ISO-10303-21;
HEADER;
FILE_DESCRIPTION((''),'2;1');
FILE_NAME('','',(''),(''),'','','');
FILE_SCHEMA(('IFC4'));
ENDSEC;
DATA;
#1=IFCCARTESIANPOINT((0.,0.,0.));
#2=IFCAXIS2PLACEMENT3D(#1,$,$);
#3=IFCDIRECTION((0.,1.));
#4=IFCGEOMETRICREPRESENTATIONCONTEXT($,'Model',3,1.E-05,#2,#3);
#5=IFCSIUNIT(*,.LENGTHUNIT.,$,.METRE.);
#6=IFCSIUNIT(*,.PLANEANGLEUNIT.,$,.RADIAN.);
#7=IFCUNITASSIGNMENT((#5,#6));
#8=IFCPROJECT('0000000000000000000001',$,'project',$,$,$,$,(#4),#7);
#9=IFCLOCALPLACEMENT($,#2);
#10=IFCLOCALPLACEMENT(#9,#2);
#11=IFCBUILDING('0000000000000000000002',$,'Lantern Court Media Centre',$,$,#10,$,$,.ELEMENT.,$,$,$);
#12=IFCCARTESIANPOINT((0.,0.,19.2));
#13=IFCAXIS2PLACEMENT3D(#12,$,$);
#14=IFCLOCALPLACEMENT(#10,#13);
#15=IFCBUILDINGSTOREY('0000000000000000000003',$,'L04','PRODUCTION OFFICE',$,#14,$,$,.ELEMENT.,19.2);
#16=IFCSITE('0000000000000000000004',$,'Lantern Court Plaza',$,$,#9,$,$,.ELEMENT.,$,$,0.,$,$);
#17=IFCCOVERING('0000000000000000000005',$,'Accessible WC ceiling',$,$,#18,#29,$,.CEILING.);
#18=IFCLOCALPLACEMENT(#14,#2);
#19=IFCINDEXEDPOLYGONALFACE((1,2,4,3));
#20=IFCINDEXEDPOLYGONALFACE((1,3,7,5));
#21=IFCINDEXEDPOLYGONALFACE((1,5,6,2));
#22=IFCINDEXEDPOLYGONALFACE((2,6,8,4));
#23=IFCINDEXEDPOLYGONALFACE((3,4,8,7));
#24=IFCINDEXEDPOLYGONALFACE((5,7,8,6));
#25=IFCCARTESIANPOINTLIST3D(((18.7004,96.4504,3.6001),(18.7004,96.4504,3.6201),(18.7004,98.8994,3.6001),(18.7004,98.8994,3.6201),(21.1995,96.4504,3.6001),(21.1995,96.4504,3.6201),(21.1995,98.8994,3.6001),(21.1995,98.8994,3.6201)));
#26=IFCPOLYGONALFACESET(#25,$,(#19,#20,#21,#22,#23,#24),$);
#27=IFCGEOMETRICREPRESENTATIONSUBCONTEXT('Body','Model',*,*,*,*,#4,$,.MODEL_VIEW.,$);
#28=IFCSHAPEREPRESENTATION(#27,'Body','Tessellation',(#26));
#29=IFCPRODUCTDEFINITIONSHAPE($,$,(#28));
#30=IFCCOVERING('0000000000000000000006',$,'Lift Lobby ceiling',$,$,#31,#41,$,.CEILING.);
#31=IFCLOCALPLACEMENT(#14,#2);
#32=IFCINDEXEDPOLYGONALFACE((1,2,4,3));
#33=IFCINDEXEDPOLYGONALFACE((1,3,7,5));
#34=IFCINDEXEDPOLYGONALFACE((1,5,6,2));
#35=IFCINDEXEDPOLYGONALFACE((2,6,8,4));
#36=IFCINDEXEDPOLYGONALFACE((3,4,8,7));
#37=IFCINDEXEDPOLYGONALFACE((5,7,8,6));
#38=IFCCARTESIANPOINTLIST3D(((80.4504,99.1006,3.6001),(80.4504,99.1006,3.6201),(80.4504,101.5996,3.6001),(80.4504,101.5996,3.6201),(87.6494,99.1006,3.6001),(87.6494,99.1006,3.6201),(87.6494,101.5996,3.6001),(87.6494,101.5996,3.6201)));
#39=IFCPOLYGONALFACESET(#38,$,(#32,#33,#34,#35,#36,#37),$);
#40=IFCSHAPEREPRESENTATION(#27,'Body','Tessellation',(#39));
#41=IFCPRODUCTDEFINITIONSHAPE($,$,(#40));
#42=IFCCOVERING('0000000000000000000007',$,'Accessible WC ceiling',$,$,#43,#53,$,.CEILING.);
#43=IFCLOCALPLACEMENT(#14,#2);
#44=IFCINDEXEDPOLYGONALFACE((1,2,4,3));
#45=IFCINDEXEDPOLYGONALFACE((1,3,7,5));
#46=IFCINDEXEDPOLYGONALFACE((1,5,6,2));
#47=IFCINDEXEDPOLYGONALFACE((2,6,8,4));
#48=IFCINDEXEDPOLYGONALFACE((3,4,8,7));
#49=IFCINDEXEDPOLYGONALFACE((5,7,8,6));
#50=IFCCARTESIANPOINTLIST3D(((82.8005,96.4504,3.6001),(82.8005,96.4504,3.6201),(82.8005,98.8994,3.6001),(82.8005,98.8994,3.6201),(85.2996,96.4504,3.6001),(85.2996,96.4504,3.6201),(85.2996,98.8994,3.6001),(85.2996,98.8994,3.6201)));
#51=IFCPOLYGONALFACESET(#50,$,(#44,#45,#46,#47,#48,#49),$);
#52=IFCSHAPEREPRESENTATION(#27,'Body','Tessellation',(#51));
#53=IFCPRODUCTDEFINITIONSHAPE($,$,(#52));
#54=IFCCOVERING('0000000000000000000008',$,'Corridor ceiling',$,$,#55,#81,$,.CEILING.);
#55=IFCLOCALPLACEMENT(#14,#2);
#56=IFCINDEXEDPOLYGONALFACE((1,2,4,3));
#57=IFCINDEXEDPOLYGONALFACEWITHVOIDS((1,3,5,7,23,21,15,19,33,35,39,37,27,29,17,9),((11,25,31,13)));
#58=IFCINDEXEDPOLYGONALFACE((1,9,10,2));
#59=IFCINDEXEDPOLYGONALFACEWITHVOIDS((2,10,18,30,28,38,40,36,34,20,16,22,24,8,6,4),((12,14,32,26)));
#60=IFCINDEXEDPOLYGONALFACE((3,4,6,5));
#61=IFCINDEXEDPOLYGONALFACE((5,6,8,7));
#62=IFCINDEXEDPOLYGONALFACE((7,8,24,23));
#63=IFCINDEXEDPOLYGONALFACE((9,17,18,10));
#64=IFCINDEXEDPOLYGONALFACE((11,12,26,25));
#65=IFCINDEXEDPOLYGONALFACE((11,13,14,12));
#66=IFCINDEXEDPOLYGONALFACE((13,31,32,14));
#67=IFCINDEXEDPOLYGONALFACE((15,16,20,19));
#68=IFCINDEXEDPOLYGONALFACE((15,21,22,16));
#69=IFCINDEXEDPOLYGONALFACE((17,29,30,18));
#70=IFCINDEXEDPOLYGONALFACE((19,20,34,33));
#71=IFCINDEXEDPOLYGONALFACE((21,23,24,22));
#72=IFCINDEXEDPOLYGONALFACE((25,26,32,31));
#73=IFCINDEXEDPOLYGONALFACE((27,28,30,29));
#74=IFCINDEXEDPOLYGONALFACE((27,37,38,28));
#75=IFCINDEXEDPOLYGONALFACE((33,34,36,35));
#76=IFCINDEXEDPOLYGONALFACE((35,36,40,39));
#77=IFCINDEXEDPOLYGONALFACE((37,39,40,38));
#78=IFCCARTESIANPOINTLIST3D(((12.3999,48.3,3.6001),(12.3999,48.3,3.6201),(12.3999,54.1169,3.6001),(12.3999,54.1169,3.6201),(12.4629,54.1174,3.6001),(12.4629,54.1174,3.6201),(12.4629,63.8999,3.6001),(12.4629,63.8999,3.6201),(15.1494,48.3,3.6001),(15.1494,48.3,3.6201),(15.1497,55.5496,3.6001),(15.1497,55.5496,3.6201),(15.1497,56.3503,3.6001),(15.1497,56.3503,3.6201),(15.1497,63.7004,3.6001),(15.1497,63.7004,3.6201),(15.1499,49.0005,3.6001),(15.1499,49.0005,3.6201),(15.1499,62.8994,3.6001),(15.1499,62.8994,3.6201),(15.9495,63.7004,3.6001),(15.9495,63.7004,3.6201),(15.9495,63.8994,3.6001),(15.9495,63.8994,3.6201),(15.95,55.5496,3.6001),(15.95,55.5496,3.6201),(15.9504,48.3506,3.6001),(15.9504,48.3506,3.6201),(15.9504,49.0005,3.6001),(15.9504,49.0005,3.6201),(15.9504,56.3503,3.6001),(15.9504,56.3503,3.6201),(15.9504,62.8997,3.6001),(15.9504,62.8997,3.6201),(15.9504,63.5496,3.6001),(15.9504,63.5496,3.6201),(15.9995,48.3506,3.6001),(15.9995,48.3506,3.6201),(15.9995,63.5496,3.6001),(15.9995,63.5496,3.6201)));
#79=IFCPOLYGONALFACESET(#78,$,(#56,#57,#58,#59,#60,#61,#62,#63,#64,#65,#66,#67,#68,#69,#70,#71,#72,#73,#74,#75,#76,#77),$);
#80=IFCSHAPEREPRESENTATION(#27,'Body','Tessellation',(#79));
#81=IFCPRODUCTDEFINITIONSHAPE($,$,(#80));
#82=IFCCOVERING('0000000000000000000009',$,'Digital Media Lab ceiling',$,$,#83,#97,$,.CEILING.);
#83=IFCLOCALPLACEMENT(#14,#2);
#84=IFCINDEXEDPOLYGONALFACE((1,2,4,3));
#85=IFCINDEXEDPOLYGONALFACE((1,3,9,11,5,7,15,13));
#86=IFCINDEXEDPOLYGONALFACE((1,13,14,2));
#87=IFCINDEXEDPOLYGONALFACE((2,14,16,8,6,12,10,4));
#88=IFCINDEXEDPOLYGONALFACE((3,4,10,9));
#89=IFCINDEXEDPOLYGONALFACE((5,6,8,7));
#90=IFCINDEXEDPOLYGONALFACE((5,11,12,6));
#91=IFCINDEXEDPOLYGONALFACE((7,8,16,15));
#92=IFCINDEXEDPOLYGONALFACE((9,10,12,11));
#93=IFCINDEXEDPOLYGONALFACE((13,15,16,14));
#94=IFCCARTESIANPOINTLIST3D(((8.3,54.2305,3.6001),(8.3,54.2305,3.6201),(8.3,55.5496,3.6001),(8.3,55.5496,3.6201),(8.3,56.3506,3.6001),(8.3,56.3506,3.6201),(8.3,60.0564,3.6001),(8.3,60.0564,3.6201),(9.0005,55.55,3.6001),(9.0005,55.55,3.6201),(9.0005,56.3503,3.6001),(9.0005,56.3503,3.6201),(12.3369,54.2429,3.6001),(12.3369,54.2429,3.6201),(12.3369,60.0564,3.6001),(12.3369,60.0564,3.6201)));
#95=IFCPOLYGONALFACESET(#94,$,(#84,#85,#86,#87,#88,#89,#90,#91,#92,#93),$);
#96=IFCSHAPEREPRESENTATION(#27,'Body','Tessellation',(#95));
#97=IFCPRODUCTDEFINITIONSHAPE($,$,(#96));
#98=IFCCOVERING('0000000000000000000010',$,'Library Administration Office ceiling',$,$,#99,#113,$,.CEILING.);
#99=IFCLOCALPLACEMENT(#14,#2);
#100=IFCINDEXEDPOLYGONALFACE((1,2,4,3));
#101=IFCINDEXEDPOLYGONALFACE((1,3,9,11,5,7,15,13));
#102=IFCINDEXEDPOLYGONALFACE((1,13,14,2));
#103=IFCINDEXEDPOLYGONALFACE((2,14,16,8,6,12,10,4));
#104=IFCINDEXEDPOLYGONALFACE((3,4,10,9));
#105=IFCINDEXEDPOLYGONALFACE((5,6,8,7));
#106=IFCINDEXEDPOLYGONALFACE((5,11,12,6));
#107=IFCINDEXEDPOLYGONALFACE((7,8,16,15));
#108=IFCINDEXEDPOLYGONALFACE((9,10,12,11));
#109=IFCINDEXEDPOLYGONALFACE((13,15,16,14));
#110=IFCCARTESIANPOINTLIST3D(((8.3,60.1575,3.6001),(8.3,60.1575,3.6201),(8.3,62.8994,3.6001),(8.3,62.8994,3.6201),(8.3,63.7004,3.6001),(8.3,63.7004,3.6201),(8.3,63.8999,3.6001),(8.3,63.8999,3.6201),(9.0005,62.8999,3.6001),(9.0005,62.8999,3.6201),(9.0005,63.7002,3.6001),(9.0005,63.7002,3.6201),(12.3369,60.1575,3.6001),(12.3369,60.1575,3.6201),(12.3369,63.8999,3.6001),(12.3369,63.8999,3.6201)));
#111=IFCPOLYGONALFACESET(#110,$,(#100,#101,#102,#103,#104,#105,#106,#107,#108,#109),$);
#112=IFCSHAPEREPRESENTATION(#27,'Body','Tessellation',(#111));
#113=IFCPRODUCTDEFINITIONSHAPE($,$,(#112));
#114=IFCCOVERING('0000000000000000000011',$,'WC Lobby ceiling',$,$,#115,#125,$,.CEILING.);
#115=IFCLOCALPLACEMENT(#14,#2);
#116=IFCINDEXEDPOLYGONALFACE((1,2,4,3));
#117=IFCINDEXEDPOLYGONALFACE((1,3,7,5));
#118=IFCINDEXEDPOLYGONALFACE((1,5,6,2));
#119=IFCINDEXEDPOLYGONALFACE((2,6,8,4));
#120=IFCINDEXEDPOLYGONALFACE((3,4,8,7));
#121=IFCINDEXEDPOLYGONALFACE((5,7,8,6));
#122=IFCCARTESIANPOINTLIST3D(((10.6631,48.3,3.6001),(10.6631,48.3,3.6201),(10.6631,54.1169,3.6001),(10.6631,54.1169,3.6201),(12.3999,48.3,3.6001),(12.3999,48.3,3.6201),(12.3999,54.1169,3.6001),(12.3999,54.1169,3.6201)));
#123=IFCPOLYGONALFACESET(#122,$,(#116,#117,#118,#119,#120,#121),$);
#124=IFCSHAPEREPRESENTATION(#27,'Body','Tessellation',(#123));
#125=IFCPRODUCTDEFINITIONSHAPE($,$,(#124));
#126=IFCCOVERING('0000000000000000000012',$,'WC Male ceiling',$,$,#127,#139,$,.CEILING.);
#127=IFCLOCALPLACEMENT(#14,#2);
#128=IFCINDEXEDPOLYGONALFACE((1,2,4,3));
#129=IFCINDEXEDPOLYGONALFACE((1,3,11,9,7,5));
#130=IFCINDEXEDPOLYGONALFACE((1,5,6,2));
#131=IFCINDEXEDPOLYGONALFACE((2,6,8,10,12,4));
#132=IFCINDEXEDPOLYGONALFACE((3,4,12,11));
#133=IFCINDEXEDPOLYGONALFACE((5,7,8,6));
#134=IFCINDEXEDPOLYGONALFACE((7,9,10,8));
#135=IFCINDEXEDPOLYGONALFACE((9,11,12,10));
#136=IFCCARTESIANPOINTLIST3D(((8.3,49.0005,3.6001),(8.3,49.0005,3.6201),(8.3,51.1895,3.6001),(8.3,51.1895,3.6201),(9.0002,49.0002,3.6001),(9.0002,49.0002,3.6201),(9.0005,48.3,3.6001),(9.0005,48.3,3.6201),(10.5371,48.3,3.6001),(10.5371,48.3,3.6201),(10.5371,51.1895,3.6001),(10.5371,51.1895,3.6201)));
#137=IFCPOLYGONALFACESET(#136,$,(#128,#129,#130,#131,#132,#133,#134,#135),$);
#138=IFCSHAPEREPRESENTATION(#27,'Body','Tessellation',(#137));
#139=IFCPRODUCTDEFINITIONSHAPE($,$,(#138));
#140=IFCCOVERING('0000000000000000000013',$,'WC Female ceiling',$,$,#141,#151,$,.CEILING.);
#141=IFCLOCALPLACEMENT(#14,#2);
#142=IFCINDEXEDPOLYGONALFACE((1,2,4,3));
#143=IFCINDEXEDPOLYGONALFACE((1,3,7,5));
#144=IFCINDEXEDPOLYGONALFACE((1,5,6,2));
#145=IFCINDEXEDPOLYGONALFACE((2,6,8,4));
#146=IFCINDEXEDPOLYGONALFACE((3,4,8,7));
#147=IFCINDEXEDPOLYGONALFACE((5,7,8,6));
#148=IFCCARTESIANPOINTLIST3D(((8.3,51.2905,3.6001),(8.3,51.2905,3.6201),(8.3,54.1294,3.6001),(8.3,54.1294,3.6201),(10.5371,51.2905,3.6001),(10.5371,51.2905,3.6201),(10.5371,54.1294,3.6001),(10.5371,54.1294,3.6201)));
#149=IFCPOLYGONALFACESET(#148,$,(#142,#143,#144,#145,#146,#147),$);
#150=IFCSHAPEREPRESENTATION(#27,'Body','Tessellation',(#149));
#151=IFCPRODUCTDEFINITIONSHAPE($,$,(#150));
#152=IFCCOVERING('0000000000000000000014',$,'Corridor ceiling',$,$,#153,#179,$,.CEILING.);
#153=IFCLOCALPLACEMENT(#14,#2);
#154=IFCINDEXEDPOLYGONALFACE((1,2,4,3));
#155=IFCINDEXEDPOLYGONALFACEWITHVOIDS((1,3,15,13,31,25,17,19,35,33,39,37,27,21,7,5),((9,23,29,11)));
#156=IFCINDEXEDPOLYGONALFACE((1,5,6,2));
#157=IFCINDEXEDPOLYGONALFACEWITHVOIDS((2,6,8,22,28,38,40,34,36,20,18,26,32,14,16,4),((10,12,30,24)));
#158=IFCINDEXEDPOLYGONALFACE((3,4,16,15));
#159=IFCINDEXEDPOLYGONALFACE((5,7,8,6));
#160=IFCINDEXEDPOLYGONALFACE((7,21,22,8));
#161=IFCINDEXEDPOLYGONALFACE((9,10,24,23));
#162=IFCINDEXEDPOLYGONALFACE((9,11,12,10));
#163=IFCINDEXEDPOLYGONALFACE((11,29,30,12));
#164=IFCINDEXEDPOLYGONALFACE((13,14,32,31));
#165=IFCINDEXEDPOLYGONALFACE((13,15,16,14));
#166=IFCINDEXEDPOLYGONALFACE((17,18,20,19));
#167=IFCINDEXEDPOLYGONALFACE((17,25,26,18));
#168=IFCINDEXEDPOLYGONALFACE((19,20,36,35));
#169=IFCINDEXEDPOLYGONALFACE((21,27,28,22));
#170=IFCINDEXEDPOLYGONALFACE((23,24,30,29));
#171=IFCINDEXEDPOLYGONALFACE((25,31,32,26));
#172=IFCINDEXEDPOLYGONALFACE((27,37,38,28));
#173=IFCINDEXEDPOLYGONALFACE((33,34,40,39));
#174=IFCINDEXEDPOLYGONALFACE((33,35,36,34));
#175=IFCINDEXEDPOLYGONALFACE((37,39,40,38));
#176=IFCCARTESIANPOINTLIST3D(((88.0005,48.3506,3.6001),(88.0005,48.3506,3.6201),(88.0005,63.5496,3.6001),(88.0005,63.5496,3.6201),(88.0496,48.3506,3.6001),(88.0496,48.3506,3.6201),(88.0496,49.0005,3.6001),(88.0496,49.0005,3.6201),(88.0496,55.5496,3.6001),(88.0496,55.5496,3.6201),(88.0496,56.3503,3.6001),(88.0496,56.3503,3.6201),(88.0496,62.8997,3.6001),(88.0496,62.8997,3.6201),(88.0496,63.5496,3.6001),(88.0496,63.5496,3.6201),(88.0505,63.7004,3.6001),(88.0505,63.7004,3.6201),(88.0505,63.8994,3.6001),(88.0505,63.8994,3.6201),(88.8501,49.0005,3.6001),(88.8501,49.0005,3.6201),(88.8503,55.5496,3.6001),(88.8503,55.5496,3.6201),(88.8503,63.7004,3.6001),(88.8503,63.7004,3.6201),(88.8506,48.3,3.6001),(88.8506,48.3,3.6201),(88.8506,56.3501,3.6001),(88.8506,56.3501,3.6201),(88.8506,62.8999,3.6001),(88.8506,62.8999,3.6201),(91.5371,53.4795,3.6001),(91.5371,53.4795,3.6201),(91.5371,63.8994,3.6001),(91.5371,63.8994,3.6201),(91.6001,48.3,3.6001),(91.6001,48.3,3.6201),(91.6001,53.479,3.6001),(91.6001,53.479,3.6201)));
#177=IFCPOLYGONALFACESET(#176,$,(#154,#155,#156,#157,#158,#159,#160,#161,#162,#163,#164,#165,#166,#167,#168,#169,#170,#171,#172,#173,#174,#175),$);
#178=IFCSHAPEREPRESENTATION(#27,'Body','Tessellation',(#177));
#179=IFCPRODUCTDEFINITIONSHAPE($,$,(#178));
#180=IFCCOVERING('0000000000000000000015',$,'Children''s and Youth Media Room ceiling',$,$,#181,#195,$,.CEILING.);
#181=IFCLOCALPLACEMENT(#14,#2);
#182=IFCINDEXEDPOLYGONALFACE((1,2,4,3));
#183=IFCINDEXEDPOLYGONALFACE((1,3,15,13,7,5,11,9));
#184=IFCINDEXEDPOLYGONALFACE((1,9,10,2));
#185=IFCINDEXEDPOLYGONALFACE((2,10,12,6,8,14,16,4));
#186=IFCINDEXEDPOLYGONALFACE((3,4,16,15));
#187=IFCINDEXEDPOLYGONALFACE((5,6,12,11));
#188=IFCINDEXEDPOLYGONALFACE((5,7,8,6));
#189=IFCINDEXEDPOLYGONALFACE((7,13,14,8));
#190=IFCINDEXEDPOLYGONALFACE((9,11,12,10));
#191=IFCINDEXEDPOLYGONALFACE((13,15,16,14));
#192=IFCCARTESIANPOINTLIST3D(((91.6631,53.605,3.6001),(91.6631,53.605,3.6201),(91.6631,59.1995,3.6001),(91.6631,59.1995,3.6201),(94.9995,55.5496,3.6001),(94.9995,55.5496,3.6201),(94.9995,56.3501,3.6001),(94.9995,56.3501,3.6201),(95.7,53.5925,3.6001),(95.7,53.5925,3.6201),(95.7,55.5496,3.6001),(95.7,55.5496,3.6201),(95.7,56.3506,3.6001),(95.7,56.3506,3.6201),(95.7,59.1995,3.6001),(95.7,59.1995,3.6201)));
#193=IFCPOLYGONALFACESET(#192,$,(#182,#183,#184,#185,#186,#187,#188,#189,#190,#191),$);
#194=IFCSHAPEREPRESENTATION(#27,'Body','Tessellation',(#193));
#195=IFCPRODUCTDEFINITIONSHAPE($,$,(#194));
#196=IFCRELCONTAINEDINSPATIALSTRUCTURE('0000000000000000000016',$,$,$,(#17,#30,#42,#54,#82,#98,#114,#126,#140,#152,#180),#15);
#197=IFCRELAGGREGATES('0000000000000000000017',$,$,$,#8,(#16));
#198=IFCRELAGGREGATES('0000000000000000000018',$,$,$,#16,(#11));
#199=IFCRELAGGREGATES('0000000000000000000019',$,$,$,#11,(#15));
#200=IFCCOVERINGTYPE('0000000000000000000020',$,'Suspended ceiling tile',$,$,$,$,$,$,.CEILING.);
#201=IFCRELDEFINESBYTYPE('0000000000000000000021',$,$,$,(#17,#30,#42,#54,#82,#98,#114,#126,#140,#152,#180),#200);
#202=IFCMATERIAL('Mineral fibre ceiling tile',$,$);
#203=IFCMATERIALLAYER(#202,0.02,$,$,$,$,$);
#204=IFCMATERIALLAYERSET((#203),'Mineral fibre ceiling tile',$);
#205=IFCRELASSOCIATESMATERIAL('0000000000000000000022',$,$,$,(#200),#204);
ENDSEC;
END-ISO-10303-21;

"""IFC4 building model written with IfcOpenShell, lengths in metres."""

from ifc_helpers import new_model, si_unit, direction, frame, origin, place, context, subcontext, project, spatial, polyline, outline, extrude, material, layer, layer_set, type_object, element, save


model = new_model("IFC4")

# Units and contexts
model_context = context("Model", 3, precision=1e-05, world=origin(), true_north=direction((0.0, 1.0)))
body_context = subcontext(model_context, "Body", "Model", "MODEL_VIEW")
ifc_project = project(units=[si_unit("LENGTHUNIT", "METRE"), si_unit("PLANEANGLEUNIT", "RADIAN")], contexts=[model_context])

# Site, building, storey
site_placement = place(None, origin())
site = spatial("IfcSite", under=ifc_project, at=site_placement, Name="Lantern Court Plaza", CompositionType="ELEMENT", RefElevation=0.0)
building_placement = place(site_placement, origin())
building = spatial("IfcBuilding", under=site, at=building_placement, Name="Lantern Court Media Centre", CompositionType="ELEMENT")
storey_placement = place(building_placement, frame((0.0, 0.0, 19.2)))
storey = spatial("IfcBuildingStorey", under=building, at=storey_placement, Name="L04", Description="PRODUCTION OFFICE", CompositionType="ELEMENT", Elevation=19.2)

# Coverings
ifc_material = material(Name="Mineral fibre ceiling tile")
ifc_layer = layer(ifc_material, 0.02)
ifc_layer_set = layer_set([ifc_layer], Name="Mineral fibre ceiling tile")
covering_type = type_object("IfcCoveringType", Name="Suspended ceiling tile", PredefinedType="CEILING", material=ifc_layer_set)
covering_1_placement = place(storey_placement, frame((0.0, 0.0, 3.6001)))
element("IfcCovering", 1, at=covering_1_placement, inside=storey, type_object=covering_type, Name="Accessible WC ceiling", PredefinedType="CEILING", context=body_context, shape_type="SweptSolid", body=[
    extrude(outline(polyline([(18.7004, 96.4504), (18.7004, 98.8994), (21.1995, 98.8994), (21.1995, 96.4504), (18.7004, 96.4504)])), origin(), (0.0, 0.0, 1.0), 0.02),
])
covering_2_placement = place(storey_placement, frame((0.0, 0.0, 3.6001)))
element("IfcCovering", 2, at=covering_2_placement, inside=storey, type_object=covering_type, Name="Lift Lobby ceiling", PredefinedType="CEILING", context=body_context, shape_type="SweptSolid", body=[
    extrude(outline(polyline([(80.4504, 101.5996), (87.6494, 101.5996), (87.6494, 99.1006), (80.4504, 99.1006), (80.4504, 101.5996)])), origin(), (0.0, 0.0, 1.0), 0.02),
])
covering_3_placement = place(storey_placement, frame((0.0, 0.0, 3.6001)))
element("IfcCovering", 3, at=covering_3_placement, inside=storey, type_object=covering_type, Name="Accessible WC ceiling", PredefinedType="CEILING", context=body_context, shape_type="SweptSolid", body=[
    extrude(outline(polyline([(82.8005, 96.4504), (82.8005, 98.8994), (85.2996, 98.8994), (85.2996, 96.4504), (82.8005, 96.4504)])), origin(), (0.0, 0.0, 1.0), 0.02),
])
covering_4_placement = place(storey_placement, frame((0.0, 0.0, 3.6001)))
element("IfcCovering", 4, at=covering_4_placement, inside=storey, type_object=covering_type, Name="Corridor ceiling", PredefinedType="CEILING", context=body_context, shape_type="SweptSolid", body=[
    extrude(outline(polyline([(12.4629, 63.8999), (15.9495, 63.8994), (15.9495, 63.7004), (15.1497, 63.7004), (15.1499, 62.8994), (15.9504, 62.8997), (15.9504, 63.5496), (15.9995, 63.5496), (15.9995, 48.3506), (15.9504, 48.3506), (15.9504, 49.0005), (15.1499, 49.0005), (15.1494, 48.3), (12.3999, 48.3), (12.3999, 54.1169), (12.4629, 54.1174), (12.4629, 63.8999)]), holes=[polyline([(15.95, 55.5496), (15.9504, 56.3503), (15.1497, 56.3503), (15.1497, 55.5496), (15.95, 55.5496)])]), origin(), (0.0, 0.0, 1.0), 0.02),
])
covering_5_placement = place(storey_placement, frame((0.0, 0.0, 3.6001)))
element("IfcCovering", 5, at=covering_5_placement, inside=storey, type_object=covering_type, Name="Digital Media Lab ceiling", PredefinedType="CEILING", context=body_context, shape_type="SweptSolid", body=[
    extrude(outline(polyline([(8.3, 60.0564), (12.3369, 60.0564), (12.3369, 54.2429), (8.3, 54.2305), (8.3, 55.5496), (9.0005, 55.55), (9.0005, 56.3503), (8.3, 56.3506), (8.3, 60.0564)])), origin(), (0.0, 0.0, 1.0), 0.02),
])
covering_6_placement = place(storey_placement, frame((0.0, 0.0, 3.6001)))
element("IfcCovering", 6, at=covering_6_placement, inside=storey, type_object=covering_type, Name="Library Administration Office ceiling", PredefinedType="CEILING", context=body_context, shape_type="SweptSolid", body=[
    extrude(outline(polyline([(8.3, 63.8999), (12.3369, 63.8999), (12.3369, 60.1575), (8.3, 60.1575), (8.3, 62.8994), (9.0005, 62.8999), (9.0005, 63.7002), (8.3, 63.7004), (8.3, 63.8999)])), origin(), (0.0, 0.0, 1.0), 0.02),
])
covering_7_placement = place(storey_placement, frame((0.0, 0.0, 3.6001)))
element("IfcCovering", 7, at=covering_7_placement, inside=storey, type_object=covering_type, Name="WC Lobby ceiling", PredefinedType="CEILING", context=body_context, shape_type="SweptSolid", body=[
    extrude(outline(polyline([(12.3999, 48.3), (10.6631, 48.3), (10.6631, 54.1169), (12.3999, 54.1169), (12.3999, 48.3)])), origin(), (0.0, 0.0, 1.0), 0.02),
])
covering_8_placement = place(storey_placement, frame((0.0, 0.0, 3.6001)))
element("IfcCovering", 8, at=covering_8_placement, inside=storey, type_object=covering_type, Name="WC Male ceiling", PredefinedType="CEILING", context=body_context, shape_type="SweptSolid", body=[
    extrude(outline(polyline([(8.3, 51.1895), (10.5371, 51.1895), (10.5371, 48.3), (9.0005, 48.3), (9.0002, 49.0002), (8.3, 49.0005), (8.3, 51.1895)])), origin(), (0.0, 0.0, 1.0), 0.02),
])
covering_9_placement = place(storey_placement, frame((0.0, 0.0, 3.6001)))
element("IfcCovering", 9, at=covering_9_placement, inside=storey, type_object=covering_type, Name="WC Female ceiling", PredefinedType="CEILING", context=body_context, shape_type="SweptSolid", body=[
    extrude(outline(polyline([(8.3, 54.1294), (10.5371, 54.1294), (10.5371, 51.2905), (8.3, 51.2905), (8.3, 54.1294)])), origin(), (0.0, 0.0, 1.0), 0.02),
])
covering_10_placement = place(storey_placement, frame((0.0, 0.0, 3.6001)))
element("IfcCovering", 10, at=covering_10_placement, inside=storey, type_object=covering_type, Name="Corridor ceiling", PredefinedType="CEILING", context=body_context, shape_type="SweptSolid", body=[
    extrude(outline(polyline([(91.6001, 48.3), (88.8506, 48.3), (88.8501, 49.0005), (88.0496, 49.0005), (88.0496, 48.3506), (88.0005, 48.3506), (88.0005, 63.5496), (88.0496, 63.5496), (88.0496, 62.8997), (88.8506, 62.8999), (88.8503, 63.7004), (88.0505, 63.7004), (88.0505, 63.8994), (91.5371, 63.8994), (91.5371, 53.4795), (91.6001, 53.479), (91.6001, 48.3)]), holes=[polyline([(88.8506, 56.3501), (88.0496, 56.3503), (88.0496, 55.5496), (88.8503, 55.5496), (88.8506, 56.3501)])]), origin(), (0.0, 0.0, 1.0), 0.02),
])
covering_11_placement = place(storey_placement, frame((0.0, 0.0, 3.6001)))
element("IfcCovering", 11, at=covering_11_placement, inside=storey, type_object=covering_type, Name="Children's and Youth Media Room ceiling", PredefinedType="CEILING", context=body_context, shape_type="SweptSolid", body=[
    extrude(outline(polyline([(95.7, 53.5925), (91.6631, 53.605), (91.6631, 59.1995), (95.7, 59.1995), (95.7, 56.3506), (94.9995, 56.3501), (94.9995, 55.5496), (95.7, 55.5496), (95.7, 53.5925)])), origin(), (0.0, 0.0, 1.0), 0.02),
])

save(model, "model.ifc")
